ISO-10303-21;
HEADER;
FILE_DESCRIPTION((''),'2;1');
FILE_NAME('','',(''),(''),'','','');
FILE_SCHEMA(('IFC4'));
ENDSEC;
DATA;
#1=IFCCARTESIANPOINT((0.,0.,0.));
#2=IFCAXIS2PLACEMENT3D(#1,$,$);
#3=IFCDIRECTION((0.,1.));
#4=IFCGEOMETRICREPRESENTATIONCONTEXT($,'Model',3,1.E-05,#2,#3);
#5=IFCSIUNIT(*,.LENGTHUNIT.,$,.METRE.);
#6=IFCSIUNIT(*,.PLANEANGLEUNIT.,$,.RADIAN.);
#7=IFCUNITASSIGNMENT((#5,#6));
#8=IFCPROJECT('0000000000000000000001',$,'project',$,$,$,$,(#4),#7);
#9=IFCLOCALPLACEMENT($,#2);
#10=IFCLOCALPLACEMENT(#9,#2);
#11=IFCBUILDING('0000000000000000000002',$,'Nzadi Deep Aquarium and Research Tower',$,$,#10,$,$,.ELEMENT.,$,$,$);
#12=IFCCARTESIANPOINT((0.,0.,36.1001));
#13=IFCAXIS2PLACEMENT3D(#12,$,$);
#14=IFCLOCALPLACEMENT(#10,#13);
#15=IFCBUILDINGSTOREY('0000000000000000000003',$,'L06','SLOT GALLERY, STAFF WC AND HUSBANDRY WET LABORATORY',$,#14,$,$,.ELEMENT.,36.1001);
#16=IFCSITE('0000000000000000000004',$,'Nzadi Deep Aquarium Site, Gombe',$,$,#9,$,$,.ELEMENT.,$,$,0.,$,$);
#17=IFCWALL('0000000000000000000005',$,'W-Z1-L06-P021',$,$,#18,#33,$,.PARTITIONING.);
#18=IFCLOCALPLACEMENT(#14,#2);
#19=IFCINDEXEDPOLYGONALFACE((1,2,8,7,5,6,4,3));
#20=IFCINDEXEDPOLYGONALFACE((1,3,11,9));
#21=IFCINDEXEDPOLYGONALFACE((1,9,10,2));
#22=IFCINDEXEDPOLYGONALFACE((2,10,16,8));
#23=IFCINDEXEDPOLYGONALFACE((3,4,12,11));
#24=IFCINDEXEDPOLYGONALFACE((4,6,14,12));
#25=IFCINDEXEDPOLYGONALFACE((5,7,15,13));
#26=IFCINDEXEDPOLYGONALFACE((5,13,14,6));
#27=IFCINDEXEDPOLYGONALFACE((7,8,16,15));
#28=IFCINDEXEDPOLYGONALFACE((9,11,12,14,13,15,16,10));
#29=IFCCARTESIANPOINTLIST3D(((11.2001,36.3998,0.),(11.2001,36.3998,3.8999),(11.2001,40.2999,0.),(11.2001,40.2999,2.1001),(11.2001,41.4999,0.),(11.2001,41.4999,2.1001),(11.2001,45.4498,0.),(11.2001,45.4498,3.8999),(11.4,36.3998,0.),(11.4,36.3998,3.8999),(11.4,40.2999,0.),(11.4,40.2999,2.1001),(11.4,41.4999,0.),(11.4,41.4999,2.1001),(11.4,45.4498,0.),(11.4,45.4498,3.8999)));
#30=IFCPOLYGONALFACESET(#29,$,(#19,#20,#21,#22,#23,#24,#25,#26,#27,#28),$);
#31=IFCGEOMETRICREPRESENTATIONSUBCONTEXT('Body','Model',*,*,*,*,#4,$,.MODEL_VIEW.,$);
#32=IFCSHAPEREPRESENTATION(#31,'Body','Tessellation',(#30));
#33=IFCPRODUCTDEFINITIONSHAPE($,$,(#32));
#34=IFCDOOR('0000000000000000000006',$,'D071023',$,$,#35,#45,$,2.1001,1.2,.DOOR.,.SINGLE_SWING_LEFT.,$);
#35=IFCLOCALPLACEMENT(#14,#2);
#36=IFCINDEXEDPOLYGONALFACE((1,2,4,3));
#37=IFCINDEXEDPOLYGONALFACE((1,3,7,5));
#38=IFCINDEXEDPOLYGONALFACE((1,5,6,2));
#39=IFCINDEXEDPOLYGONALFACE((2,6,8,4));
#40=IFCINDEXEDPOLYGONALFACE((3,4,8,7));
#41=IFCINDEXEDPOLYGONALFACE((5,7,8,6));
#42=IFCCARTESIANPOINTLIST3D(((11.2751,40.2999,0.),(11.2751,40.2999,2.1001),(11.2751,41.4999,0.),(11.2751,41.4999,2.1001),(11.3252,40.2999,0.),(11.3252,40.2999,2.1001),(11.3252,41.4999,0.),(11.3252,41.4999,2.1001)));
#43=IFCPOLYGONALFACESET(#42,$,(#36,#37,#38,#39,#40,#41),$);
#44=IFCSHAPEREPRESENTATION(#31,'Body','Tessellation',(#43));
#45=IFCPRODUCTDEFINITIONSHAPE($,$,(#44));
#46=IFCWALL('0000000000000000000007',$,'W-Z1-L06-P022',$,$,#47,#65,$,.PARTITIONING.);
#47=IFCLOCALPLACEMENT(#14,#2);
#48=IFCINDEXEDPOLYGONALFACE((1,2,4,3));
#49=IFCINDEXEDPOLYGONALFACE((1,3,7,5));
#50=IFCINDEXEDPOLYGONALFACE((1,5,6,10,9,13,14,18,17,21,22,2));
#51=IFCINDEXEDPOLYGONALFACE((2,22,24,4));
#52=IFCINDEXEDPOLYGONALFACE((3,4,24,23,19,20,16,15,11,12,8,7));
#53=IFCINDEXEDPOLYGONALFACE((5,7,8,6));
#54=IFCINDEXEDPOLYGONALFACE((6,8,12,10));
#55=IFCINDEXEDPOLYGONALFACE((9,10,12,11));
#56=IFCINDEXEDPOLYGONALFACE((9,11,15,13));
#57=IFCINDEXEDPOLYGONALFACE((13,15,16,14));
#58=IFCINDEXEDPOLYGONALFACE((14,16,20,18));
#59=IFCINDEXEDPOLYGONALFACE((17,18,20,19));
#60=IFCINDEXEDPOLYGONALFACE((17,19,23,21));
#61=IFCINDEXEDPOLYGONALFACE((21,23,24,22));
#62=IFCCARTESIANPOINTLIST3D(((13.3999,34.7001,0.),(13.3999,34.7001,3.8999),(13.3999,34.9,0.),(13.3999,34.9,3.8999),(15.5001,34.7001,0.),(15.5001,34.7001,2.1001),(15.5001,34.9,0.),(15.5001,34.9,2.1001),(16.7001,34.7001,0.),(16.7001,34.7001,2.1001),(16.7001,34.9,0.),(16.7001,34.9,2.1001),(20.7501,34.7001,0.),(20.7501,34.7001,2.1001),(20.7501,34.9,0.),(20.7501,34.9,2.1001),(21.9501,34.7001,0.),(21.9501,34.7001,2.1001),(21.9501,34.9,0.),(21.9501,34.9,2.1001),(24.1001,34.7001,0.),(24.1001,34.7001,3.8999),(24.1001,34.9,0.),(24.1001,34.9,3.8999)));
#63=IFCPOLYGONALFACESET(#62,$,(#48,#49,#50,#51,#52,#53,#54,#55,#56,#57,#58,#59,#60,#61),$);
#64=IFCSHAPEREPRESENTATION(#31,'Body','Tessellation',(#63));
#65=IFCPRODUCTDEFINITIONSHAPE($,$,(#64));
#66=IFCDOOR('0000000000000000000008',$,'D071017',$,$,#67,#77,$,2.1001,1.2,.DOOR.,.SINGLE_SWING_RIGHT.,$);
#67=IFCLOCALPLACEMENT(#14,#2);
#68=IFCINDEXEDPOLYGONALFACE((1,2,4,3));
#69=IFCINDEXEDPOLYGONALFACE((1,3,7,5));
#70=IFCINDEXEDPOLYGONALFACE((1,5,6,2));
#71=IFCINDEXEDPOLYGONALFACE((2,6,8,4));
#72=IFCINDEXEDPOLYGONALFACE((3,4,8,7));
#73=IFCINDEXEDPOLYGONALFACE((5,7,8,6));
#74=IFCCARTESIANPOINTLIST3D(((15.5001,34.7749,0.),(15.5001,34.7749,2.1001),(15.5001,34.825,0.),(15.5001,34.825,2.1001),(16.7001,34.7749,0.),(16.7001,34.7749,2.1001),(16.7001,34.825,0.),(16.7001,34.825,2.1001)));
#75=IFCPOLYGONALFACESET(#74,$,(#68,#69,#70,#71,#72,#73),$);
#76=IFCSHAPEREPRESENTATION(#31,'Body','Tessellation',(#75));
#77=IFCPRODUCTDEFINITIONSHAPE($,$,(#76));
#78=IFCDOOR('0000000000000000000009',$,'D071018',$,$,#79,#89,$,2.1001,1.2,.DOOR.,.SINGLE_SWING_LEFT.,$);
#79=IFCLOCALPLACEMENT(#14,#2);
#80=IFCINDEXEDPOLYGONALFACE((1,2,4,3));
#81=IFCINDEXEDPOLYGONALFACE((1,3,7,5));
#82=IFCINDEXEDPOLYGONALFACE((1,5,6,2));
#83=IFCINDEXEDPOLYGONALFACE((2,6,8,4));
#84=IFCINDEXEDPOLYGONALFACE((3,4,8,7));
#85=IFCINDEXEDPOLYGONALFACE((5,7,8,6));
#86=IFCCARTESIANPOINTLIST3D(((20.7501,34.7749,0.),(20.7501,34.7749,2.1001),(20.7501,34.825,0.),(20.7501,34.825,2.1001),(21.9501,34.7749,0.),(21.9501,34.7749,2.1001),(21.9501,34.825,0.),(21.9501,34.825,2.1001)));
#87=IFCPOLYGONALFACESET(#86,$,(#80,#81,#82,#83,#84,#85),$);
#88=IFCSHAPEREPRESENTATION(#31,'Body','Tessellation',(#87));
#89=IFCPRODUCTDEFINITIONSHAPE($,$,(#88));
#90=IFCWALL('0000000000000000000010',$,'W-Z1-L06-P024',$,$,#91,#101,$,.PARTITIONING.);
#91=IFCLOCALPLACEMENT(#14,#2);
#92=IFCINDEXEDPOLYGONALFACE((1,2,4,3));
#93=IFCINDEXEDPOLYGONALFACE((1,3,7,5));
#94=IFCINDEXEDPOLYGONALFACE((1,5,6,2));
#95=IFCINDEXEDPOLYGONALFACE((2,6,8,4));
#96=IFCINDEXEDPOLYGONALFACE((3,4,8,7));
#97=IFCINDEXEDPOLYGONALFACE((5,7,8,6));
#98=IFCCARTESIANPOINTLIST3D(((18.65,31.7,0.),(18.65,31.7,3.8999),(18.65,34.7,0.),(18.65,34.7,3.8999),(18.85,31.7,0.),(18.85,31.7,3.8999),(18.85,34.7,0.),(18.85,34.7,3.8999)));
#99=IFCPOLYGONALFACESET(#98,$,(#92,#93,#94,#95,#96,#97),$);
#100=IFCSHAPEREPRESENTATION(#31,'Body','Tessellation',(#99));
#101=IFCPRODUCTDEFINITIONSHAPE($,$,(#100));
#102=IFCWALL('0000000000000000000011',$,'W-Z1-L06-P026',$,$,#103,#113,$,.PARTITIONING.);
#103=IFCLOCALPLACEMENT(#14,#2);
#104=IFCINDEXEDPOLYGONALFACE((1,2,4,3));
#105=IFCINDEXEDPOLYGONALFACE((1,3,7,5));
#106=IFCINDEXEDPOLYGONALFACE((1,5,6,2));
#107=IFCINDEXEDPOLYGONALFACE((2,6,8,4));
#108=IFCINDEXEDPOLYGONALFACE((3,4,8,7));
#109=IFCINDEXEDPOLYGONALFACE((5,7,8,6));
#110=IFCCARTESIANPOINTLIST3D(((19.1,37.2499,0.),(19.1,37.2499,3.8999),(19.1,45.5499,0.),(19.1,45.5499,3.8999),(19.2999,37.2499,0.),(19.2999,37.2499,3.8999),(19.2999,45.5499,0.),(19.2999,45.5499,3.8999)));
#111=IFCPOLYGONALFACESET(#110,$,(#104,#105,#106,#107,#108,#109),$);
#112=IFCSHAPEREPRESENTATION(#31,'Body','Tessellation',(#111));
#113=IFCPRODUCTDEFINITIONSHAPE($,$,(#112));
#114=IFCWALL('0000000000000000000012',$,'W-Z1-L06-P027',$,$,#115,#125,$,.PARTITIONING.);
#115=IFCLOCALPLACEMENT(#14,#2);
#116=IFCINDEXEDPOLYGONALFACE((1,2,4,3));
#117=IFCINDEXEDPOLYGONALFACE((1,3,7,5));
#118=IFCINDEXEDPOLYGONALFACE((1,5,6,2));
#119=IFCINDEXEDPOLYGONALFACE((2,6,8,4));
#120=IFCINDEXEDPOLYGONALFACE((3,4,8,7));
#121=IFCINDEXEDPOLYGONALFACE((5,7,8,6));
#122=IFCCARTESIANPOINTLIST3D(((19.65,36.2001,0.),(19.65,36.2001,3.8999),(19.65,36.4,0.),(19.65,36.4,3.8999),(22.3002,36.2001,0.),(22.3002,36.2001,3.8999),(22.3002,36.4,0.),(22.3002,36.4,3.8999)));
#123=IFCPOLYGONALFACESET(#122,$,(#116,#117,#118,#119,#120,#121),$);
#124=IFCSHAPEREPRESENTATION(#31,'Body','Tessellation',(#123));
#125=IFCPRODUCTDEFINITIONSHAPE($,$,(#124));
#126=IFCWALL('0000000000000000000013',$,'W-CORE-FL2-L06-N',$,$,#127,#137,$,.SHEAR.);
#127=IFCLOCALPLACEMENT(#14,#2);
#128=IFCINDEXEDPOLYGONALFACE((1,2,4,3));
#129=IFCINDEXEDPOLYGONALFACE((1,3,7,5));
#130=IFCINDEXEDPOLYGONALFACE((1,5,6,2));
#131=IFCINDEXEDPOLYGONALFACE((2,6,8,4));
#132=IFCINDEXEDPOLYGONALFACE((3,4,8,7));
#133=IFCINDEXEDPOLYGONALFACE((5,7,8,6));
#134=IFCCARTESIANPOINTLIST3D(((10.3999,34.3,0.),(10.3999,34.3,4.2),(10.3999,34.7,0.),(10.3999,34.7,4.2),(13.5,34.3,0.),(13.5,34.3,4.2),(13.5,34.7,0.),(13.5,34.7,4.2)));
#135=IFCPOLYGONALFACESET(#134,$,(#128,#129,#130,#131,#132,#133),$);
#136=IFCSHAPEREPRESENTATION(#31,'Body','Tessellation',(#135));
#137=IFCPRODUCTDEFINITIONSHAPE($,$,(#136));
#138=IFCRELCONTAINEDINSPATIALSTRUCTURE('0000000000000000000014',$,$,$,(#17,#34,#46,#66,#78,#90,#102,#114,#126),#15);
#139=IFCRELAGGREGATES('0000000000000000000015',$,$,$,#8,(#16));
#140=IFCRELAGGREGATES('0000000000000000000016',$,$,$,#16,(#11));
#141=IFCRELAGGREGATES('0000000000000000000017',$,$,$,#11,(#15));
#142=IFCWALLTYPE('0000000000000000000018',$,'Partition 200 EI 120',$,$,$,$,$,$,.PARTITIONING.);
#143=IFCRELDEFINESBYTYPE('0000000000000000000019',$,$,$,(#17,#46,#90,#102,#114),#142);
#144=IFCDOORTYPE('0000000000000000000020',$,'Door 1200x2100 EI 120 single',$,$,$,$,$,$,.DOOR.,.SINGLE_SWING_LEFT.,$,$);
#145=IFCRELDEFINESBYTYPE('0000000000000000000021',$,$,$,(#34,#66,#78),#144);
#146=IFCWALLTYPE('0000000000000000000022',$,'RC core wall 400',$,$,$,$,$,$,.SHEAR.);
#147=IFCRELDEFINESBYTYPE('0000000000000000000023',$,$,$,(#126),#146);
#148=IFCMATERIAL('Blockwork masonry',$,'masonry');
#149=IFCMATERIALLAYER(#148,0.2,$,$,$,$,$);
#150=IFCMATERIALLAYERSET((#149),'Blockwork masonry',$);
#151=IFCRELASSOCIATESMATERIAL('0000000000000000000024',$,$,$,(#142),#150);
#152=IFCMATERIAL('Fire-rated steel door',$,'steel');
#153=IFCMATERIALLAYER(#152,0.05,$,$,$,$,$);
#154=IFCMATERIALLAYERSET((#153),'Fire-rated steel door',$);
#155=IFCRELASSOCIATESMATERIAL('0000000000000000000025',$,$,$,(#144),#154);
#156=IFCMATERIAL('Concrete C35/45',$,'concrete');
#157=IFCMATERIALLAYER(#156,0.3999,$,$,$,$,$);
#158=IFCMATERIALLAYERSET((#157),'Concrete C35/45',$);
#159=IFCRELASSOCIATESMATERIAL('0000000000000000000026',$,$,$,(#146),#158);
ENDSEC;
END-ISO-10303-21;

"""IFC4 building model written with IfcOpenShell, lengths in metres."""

from ifc_helpers import new_model, si_unit, direction, frame, frame_2d, origin, place, context, subcontext, project, spatial, rectangle, extrude, material, layer, layer_set, type_object, element, fill, save


model = new_model("IFC4")

# Units and contexts
model_context = context("Model", 3, precision=1e-05, world=origin(), true_north=direction((0.0, 1.0)))
body_context = subcontext(model_context, "Body", "Model", "MODEL_VIEW")
ifc_project = project(units=[si_unit("LENGTHUNIT", "METRE"), si_unit("PLANEANGLEUNIT", "RADIAN")], contexts=[model_context])

# Site, building, storey
site_placement = place(None, origin())
site = spatial("IfcSite", under=ifc_project, at=site_placement, Name="Nzadi Deep Aquarium Site, Gombe", CompositionType="ELEMENT", RefElevation=0.0)
building_placement = place(site_placement, origin())
building = spatial("IfcBuilding", under=site, at=building_placement, Name="Nzadi Deep Aquarium and Research Tower", CompositionType="ELEMENT")
storey_placement = place(building_placement, frame((0.0, 0.0, 36.1001)))
storey = spatial("IfcBuildingStorey", under=building, at=storey_placement, Name="L06", Description="SLOT GALLERY, STAFF WC AND HUSBANDRY WET LABORATORY", CompositionType="ELEMENT", Elevation=36.1001)

# Shared definitions
ifc_material_1 = material(Name="Blockwork masonry", Category="masonry")
ifc_layer_1 = layer(ifc_material_1, 0.2)
ifc_layer_set_1 = layer_set([ifc_layer_1], Name="Blockwork masonry")
wall_type_1 = type_object("IfcWallType", Name="Partition 200 EI 120", PredefinedType="PARTITIONING", material=ifc_layer_set_1)

# Wall, opening, door
wall_1_placement = place(storey_placement, frame((11.3, 36.3999, 0.0), z_axis=(0.0, 0.0, 1.0), x_axis=(0.0, 1.0, 0.0)))
wall_1 = element("IfcWall", 1, at=wall_1_placement, inside=storey, type_object=wall_type_1, Name="W-Z1-L06-P021", PredefinedType="PARTITIONING", context=body_context, shape_type="SweptSolid", body=[
    extrude(rectangle(XDim=9.05, YDim=0.2, at=frame_2d((4.5249, 0.0))), origin(), (0.0, 0.0, 1.0), 3.8999),
])
opening_1_placement = place(wall_1_placement, frame((3.8999, 0.0, 0.0)))
opening_1 = element("IfcOpeningElement", 2, at=opening_1_placement, cuts=wall_1, PredefinedType="OPENING", context=body_context, shape_type="SweptSolid", body=[
    extrude(rectangle(XDim=1.2, YDim=2.1001, at=frame_2d((0.6001, 1.05))), frame((0.0, 0.1101, 0.0), z_axis=(0.0, -1.0, 0.0), x_axis=(1.0, 0.0, 0.0)), (0.0, 0.0, 1.0), 0.2202),
])
ifc_material_2 = material(Name="Fire-rated steel door", Category="steel")
ifc_layer_2 = layer(ifc_material_2, 0.05)
ifc_layer_set_2 = layer_set([ifc_layer_2], Name="Fire-rated steel door")
door_type = type_object("IfcDoorType", Name="Door 1200x2100 EI 120 single", OperationType="SINGLE_SWING_LEFT", PredefinedType="DOOR", material=ifc_layer_set_2)
door_1_placement = place(opening_1_placement, origin())
door_1 = element("IfcDoor", 3, at=door_1_placement, inside=storey, type_object=door_type, Name="D071023", OperationType="SINGLE_SWING_LEFT", OverallHeight=2.1001, OverallWidth=1.2, PredefinedType="DOOR", context=body_context, shape_type="SweptSolid", body=[
    extrude(rectangle(XDim=1.2, YDim=2.1001, at=frame_2d((0.6001, 1.05))), frame((0.0, 0.0249, 0.0), z_axis=(0.0, -1.0, 0.0), x_axis=(1.0, 0.0, 0.0)), (0.0, 0.0, 1.0), 0.05),
])
fill(opening_1, door_1)

# Wall, openings, doors
wall_2_placement = place(storey_placement, frame((13.3999, 34.8, 0.0), z_axis=(0.0, 0.0, 1.0), x_axis=(1.0, 0.0, 0.0)))
wall_2 = element("IfcWall", 4, at=wall_2_placement, inside=storey, type_object=wall_type_1, Name="W-Z1-L06-P022", PredefinedType="PARTITIONING", context=body_context, shape_type="SweptSolid", body=[
    extrude(rectangle(XDim=10.7002, YDim=0.2, at=frame_2d((5.3501, 0.0))), origin(), (0.0, 0.0, 1.0), 3.8999),
])
opening_2_placement = place(wall_2_placement, frame((2.1001, 0.0, 0.0)))
opening_2 = element("IfcOpeningElement", 5, at=opening_2_placement, cuts=wall_2, PredefinedType="OPENING", context=body_context, shape_type="SweptSolid", body=[
    extrude(rectangle(XDim=1.2, YDim=2.1001, at=frame_2d((0.6001, 1.05))), frame((0.0, 0.1101, 0.0), z_axis=(0.0, -1.0, 0.0), x_axis=(1.0, 0.0, 0.0)), (0.0, 0.0, 1.0), 0.2202),
])
opening_3_placement = place(wall_2_placement, frame((7.3501, 0.0, 0.0)))
opening_3 = element("IfcOpeningElement", 6, at=opening_3_placement, cuts=wall_2, PredefinedType="OPENING", context=body_context, shape_type="SweptSolid", body=[
    extrude(rectangle(XDim=1.2, YDim=2.1001, at=frame_2d((0.6001, 1.05))), frame((0.0, 0.1101, 0.0), z_axis=(0.0, -1.0, 0.0), x_axis=(1.0, 0.0, 0.0)), (0.0, 0.0, 1.0), 0.2202),
])
door_2_placement = place(opening_2_placement, origin())
door_2 = element("IfcDoor", 7, at=door_2_placement, inside=storey, type_object=door_type, Name="D071017", OperationType="SINGLE_SWING_RIGHT", OverallHeight=2.1001, OverallWidth=1.2, PredefinedType="DOOR", context=body_context, shape_type="SweptSolid", body=[
    extrude(rectangle(XDim=1.2, YDim=2.1001, at=frame_2d((0.6001, 1.05))), frame((0.0, 0.0249, 0.0), z_axis=(0.0, -1.0, 0.0), x_axis=(1.0, 0.0, 0.0)), (0.0, 0.0, 1.0), 0.05),
])
fill(opening_2, door_2)
door_3_placement = place(opening_3_placement, origin())
door_3 = element("IfcDoor", 8, at=door_3_placement, inside=storey, type_object=door_type, Name="D071018", OperationType="SINGLE_SWING_LEFT", OverallHeight=2.1001, OverallWidth=1.2, PredefinedType="DOOR", context=body_context, shape_type="SweptSolid", body=[
    extrude(rectangle(XDim=1.2, YDim=2.1001, at=frame_2d((0.6001, 1.05))), frame((0.0, 0.0249, 0.0), z_axis=(0.0, -1.0, 0.0), x_axis=(1.0, 0.0, 0.0)), (0.0, 0.0, 1.0), 0.05),
])
fill(opening_3, door_3)

# Walls
wall_3_placement = place(storey_placement, frame((18.75, 31.7, 0.0), z_axis=(0.0, 0.0, 1.0), x_axis=(0.0, 1.0, 0.0)))
element("IfcWall", 9, at=wall_3_placement, inside=storey, type_object=wall_type_1, Name="W-Z1-L06-P024", PredefinedType="PARTITIONING", context=body_context, shape_type="SweptSolid", body=[
    extrude(rectangle(XDim=3.0, YDim=0.2, at=frame_2d((1.5, 0.0))), origin(), (0.0, 0.0, 1.0), 3.8999),
])
wall_4_placement = place(storey_placement, frame((19.2, 37.25, 0.0), z_axis=(0.0, 0.0, 1.0), x_axis=(0.0, 1.0, 0.0)))
element("IfcWall", 10, at=wall_4_placement, inside=storey, type_object=wall_type_1, Name="W-Z1-L06-P026", PredefinedType="PARTITIONING", context=body_context, shape_type="SweptSolid", body=[
    extrude(rectangle(XDim=8.3, YDim=0.2, at=frame_2d((4.1499, 0.0))), origin(), (0.0, 0.0, 1.0), 3.8999),
])
wall_5_placement = place(storey_placement, frame((19.6499, 36.3, 0.0), z_axis=(0.0, 0.0, 1.0), x_axis=(1.0, 0.0, 0.0)))
element("IfcWall", 11, at=wall_5_placement, inside=storey, type_object=wall_type_1, Name="W-Z1-L06-P027", PredefinedType="PARTITIONING", context=body_context, shape_type="SweptSolid", body=[
    extrude(rectangle(XDim=2.6501, YDim=0.2, at=frame_2d((1.3252, 0.0))), origin(), (0.0, 0.0, 1.0), 3.8999),
])
ifc_material_3 = material(Name="Concrete C35/45", Category="concrete")
ifc_layer_3 = layer(ifc_material_3, 0.3999)
ifc_layer_set_3 = layer_set([ifc_layer_3], Name="Concrete C35/45")
wall_type_2 = type_object("IfcWallType", Name="RC core wall 400", PredefinedType="SHEAR", material=ifc_layer_set_3)
wall_6_placement = place(storey_placement, frame((10.3999, 34.5, 0.0), z_axis=(0.0, 0.0, 1.0), x_axis=(1.0, 0.0, 0.0)))
element("IfcWall", 12, at=wall_6_placement, inside=storey, type_object=wall_type_2, Name="W-CORE-FL2-L06-N", PredefinedType="SHEAR", context=body_context, shape_type="SweptSolid", body=[
    extrude(rectangle(XDim=3.1001, YDim=0.3999, at=frame_2d((1.55, 0.0))), origin(), (0.0, 0.0, 1.0), 4.2),
])

save(model, "model.ifc")
